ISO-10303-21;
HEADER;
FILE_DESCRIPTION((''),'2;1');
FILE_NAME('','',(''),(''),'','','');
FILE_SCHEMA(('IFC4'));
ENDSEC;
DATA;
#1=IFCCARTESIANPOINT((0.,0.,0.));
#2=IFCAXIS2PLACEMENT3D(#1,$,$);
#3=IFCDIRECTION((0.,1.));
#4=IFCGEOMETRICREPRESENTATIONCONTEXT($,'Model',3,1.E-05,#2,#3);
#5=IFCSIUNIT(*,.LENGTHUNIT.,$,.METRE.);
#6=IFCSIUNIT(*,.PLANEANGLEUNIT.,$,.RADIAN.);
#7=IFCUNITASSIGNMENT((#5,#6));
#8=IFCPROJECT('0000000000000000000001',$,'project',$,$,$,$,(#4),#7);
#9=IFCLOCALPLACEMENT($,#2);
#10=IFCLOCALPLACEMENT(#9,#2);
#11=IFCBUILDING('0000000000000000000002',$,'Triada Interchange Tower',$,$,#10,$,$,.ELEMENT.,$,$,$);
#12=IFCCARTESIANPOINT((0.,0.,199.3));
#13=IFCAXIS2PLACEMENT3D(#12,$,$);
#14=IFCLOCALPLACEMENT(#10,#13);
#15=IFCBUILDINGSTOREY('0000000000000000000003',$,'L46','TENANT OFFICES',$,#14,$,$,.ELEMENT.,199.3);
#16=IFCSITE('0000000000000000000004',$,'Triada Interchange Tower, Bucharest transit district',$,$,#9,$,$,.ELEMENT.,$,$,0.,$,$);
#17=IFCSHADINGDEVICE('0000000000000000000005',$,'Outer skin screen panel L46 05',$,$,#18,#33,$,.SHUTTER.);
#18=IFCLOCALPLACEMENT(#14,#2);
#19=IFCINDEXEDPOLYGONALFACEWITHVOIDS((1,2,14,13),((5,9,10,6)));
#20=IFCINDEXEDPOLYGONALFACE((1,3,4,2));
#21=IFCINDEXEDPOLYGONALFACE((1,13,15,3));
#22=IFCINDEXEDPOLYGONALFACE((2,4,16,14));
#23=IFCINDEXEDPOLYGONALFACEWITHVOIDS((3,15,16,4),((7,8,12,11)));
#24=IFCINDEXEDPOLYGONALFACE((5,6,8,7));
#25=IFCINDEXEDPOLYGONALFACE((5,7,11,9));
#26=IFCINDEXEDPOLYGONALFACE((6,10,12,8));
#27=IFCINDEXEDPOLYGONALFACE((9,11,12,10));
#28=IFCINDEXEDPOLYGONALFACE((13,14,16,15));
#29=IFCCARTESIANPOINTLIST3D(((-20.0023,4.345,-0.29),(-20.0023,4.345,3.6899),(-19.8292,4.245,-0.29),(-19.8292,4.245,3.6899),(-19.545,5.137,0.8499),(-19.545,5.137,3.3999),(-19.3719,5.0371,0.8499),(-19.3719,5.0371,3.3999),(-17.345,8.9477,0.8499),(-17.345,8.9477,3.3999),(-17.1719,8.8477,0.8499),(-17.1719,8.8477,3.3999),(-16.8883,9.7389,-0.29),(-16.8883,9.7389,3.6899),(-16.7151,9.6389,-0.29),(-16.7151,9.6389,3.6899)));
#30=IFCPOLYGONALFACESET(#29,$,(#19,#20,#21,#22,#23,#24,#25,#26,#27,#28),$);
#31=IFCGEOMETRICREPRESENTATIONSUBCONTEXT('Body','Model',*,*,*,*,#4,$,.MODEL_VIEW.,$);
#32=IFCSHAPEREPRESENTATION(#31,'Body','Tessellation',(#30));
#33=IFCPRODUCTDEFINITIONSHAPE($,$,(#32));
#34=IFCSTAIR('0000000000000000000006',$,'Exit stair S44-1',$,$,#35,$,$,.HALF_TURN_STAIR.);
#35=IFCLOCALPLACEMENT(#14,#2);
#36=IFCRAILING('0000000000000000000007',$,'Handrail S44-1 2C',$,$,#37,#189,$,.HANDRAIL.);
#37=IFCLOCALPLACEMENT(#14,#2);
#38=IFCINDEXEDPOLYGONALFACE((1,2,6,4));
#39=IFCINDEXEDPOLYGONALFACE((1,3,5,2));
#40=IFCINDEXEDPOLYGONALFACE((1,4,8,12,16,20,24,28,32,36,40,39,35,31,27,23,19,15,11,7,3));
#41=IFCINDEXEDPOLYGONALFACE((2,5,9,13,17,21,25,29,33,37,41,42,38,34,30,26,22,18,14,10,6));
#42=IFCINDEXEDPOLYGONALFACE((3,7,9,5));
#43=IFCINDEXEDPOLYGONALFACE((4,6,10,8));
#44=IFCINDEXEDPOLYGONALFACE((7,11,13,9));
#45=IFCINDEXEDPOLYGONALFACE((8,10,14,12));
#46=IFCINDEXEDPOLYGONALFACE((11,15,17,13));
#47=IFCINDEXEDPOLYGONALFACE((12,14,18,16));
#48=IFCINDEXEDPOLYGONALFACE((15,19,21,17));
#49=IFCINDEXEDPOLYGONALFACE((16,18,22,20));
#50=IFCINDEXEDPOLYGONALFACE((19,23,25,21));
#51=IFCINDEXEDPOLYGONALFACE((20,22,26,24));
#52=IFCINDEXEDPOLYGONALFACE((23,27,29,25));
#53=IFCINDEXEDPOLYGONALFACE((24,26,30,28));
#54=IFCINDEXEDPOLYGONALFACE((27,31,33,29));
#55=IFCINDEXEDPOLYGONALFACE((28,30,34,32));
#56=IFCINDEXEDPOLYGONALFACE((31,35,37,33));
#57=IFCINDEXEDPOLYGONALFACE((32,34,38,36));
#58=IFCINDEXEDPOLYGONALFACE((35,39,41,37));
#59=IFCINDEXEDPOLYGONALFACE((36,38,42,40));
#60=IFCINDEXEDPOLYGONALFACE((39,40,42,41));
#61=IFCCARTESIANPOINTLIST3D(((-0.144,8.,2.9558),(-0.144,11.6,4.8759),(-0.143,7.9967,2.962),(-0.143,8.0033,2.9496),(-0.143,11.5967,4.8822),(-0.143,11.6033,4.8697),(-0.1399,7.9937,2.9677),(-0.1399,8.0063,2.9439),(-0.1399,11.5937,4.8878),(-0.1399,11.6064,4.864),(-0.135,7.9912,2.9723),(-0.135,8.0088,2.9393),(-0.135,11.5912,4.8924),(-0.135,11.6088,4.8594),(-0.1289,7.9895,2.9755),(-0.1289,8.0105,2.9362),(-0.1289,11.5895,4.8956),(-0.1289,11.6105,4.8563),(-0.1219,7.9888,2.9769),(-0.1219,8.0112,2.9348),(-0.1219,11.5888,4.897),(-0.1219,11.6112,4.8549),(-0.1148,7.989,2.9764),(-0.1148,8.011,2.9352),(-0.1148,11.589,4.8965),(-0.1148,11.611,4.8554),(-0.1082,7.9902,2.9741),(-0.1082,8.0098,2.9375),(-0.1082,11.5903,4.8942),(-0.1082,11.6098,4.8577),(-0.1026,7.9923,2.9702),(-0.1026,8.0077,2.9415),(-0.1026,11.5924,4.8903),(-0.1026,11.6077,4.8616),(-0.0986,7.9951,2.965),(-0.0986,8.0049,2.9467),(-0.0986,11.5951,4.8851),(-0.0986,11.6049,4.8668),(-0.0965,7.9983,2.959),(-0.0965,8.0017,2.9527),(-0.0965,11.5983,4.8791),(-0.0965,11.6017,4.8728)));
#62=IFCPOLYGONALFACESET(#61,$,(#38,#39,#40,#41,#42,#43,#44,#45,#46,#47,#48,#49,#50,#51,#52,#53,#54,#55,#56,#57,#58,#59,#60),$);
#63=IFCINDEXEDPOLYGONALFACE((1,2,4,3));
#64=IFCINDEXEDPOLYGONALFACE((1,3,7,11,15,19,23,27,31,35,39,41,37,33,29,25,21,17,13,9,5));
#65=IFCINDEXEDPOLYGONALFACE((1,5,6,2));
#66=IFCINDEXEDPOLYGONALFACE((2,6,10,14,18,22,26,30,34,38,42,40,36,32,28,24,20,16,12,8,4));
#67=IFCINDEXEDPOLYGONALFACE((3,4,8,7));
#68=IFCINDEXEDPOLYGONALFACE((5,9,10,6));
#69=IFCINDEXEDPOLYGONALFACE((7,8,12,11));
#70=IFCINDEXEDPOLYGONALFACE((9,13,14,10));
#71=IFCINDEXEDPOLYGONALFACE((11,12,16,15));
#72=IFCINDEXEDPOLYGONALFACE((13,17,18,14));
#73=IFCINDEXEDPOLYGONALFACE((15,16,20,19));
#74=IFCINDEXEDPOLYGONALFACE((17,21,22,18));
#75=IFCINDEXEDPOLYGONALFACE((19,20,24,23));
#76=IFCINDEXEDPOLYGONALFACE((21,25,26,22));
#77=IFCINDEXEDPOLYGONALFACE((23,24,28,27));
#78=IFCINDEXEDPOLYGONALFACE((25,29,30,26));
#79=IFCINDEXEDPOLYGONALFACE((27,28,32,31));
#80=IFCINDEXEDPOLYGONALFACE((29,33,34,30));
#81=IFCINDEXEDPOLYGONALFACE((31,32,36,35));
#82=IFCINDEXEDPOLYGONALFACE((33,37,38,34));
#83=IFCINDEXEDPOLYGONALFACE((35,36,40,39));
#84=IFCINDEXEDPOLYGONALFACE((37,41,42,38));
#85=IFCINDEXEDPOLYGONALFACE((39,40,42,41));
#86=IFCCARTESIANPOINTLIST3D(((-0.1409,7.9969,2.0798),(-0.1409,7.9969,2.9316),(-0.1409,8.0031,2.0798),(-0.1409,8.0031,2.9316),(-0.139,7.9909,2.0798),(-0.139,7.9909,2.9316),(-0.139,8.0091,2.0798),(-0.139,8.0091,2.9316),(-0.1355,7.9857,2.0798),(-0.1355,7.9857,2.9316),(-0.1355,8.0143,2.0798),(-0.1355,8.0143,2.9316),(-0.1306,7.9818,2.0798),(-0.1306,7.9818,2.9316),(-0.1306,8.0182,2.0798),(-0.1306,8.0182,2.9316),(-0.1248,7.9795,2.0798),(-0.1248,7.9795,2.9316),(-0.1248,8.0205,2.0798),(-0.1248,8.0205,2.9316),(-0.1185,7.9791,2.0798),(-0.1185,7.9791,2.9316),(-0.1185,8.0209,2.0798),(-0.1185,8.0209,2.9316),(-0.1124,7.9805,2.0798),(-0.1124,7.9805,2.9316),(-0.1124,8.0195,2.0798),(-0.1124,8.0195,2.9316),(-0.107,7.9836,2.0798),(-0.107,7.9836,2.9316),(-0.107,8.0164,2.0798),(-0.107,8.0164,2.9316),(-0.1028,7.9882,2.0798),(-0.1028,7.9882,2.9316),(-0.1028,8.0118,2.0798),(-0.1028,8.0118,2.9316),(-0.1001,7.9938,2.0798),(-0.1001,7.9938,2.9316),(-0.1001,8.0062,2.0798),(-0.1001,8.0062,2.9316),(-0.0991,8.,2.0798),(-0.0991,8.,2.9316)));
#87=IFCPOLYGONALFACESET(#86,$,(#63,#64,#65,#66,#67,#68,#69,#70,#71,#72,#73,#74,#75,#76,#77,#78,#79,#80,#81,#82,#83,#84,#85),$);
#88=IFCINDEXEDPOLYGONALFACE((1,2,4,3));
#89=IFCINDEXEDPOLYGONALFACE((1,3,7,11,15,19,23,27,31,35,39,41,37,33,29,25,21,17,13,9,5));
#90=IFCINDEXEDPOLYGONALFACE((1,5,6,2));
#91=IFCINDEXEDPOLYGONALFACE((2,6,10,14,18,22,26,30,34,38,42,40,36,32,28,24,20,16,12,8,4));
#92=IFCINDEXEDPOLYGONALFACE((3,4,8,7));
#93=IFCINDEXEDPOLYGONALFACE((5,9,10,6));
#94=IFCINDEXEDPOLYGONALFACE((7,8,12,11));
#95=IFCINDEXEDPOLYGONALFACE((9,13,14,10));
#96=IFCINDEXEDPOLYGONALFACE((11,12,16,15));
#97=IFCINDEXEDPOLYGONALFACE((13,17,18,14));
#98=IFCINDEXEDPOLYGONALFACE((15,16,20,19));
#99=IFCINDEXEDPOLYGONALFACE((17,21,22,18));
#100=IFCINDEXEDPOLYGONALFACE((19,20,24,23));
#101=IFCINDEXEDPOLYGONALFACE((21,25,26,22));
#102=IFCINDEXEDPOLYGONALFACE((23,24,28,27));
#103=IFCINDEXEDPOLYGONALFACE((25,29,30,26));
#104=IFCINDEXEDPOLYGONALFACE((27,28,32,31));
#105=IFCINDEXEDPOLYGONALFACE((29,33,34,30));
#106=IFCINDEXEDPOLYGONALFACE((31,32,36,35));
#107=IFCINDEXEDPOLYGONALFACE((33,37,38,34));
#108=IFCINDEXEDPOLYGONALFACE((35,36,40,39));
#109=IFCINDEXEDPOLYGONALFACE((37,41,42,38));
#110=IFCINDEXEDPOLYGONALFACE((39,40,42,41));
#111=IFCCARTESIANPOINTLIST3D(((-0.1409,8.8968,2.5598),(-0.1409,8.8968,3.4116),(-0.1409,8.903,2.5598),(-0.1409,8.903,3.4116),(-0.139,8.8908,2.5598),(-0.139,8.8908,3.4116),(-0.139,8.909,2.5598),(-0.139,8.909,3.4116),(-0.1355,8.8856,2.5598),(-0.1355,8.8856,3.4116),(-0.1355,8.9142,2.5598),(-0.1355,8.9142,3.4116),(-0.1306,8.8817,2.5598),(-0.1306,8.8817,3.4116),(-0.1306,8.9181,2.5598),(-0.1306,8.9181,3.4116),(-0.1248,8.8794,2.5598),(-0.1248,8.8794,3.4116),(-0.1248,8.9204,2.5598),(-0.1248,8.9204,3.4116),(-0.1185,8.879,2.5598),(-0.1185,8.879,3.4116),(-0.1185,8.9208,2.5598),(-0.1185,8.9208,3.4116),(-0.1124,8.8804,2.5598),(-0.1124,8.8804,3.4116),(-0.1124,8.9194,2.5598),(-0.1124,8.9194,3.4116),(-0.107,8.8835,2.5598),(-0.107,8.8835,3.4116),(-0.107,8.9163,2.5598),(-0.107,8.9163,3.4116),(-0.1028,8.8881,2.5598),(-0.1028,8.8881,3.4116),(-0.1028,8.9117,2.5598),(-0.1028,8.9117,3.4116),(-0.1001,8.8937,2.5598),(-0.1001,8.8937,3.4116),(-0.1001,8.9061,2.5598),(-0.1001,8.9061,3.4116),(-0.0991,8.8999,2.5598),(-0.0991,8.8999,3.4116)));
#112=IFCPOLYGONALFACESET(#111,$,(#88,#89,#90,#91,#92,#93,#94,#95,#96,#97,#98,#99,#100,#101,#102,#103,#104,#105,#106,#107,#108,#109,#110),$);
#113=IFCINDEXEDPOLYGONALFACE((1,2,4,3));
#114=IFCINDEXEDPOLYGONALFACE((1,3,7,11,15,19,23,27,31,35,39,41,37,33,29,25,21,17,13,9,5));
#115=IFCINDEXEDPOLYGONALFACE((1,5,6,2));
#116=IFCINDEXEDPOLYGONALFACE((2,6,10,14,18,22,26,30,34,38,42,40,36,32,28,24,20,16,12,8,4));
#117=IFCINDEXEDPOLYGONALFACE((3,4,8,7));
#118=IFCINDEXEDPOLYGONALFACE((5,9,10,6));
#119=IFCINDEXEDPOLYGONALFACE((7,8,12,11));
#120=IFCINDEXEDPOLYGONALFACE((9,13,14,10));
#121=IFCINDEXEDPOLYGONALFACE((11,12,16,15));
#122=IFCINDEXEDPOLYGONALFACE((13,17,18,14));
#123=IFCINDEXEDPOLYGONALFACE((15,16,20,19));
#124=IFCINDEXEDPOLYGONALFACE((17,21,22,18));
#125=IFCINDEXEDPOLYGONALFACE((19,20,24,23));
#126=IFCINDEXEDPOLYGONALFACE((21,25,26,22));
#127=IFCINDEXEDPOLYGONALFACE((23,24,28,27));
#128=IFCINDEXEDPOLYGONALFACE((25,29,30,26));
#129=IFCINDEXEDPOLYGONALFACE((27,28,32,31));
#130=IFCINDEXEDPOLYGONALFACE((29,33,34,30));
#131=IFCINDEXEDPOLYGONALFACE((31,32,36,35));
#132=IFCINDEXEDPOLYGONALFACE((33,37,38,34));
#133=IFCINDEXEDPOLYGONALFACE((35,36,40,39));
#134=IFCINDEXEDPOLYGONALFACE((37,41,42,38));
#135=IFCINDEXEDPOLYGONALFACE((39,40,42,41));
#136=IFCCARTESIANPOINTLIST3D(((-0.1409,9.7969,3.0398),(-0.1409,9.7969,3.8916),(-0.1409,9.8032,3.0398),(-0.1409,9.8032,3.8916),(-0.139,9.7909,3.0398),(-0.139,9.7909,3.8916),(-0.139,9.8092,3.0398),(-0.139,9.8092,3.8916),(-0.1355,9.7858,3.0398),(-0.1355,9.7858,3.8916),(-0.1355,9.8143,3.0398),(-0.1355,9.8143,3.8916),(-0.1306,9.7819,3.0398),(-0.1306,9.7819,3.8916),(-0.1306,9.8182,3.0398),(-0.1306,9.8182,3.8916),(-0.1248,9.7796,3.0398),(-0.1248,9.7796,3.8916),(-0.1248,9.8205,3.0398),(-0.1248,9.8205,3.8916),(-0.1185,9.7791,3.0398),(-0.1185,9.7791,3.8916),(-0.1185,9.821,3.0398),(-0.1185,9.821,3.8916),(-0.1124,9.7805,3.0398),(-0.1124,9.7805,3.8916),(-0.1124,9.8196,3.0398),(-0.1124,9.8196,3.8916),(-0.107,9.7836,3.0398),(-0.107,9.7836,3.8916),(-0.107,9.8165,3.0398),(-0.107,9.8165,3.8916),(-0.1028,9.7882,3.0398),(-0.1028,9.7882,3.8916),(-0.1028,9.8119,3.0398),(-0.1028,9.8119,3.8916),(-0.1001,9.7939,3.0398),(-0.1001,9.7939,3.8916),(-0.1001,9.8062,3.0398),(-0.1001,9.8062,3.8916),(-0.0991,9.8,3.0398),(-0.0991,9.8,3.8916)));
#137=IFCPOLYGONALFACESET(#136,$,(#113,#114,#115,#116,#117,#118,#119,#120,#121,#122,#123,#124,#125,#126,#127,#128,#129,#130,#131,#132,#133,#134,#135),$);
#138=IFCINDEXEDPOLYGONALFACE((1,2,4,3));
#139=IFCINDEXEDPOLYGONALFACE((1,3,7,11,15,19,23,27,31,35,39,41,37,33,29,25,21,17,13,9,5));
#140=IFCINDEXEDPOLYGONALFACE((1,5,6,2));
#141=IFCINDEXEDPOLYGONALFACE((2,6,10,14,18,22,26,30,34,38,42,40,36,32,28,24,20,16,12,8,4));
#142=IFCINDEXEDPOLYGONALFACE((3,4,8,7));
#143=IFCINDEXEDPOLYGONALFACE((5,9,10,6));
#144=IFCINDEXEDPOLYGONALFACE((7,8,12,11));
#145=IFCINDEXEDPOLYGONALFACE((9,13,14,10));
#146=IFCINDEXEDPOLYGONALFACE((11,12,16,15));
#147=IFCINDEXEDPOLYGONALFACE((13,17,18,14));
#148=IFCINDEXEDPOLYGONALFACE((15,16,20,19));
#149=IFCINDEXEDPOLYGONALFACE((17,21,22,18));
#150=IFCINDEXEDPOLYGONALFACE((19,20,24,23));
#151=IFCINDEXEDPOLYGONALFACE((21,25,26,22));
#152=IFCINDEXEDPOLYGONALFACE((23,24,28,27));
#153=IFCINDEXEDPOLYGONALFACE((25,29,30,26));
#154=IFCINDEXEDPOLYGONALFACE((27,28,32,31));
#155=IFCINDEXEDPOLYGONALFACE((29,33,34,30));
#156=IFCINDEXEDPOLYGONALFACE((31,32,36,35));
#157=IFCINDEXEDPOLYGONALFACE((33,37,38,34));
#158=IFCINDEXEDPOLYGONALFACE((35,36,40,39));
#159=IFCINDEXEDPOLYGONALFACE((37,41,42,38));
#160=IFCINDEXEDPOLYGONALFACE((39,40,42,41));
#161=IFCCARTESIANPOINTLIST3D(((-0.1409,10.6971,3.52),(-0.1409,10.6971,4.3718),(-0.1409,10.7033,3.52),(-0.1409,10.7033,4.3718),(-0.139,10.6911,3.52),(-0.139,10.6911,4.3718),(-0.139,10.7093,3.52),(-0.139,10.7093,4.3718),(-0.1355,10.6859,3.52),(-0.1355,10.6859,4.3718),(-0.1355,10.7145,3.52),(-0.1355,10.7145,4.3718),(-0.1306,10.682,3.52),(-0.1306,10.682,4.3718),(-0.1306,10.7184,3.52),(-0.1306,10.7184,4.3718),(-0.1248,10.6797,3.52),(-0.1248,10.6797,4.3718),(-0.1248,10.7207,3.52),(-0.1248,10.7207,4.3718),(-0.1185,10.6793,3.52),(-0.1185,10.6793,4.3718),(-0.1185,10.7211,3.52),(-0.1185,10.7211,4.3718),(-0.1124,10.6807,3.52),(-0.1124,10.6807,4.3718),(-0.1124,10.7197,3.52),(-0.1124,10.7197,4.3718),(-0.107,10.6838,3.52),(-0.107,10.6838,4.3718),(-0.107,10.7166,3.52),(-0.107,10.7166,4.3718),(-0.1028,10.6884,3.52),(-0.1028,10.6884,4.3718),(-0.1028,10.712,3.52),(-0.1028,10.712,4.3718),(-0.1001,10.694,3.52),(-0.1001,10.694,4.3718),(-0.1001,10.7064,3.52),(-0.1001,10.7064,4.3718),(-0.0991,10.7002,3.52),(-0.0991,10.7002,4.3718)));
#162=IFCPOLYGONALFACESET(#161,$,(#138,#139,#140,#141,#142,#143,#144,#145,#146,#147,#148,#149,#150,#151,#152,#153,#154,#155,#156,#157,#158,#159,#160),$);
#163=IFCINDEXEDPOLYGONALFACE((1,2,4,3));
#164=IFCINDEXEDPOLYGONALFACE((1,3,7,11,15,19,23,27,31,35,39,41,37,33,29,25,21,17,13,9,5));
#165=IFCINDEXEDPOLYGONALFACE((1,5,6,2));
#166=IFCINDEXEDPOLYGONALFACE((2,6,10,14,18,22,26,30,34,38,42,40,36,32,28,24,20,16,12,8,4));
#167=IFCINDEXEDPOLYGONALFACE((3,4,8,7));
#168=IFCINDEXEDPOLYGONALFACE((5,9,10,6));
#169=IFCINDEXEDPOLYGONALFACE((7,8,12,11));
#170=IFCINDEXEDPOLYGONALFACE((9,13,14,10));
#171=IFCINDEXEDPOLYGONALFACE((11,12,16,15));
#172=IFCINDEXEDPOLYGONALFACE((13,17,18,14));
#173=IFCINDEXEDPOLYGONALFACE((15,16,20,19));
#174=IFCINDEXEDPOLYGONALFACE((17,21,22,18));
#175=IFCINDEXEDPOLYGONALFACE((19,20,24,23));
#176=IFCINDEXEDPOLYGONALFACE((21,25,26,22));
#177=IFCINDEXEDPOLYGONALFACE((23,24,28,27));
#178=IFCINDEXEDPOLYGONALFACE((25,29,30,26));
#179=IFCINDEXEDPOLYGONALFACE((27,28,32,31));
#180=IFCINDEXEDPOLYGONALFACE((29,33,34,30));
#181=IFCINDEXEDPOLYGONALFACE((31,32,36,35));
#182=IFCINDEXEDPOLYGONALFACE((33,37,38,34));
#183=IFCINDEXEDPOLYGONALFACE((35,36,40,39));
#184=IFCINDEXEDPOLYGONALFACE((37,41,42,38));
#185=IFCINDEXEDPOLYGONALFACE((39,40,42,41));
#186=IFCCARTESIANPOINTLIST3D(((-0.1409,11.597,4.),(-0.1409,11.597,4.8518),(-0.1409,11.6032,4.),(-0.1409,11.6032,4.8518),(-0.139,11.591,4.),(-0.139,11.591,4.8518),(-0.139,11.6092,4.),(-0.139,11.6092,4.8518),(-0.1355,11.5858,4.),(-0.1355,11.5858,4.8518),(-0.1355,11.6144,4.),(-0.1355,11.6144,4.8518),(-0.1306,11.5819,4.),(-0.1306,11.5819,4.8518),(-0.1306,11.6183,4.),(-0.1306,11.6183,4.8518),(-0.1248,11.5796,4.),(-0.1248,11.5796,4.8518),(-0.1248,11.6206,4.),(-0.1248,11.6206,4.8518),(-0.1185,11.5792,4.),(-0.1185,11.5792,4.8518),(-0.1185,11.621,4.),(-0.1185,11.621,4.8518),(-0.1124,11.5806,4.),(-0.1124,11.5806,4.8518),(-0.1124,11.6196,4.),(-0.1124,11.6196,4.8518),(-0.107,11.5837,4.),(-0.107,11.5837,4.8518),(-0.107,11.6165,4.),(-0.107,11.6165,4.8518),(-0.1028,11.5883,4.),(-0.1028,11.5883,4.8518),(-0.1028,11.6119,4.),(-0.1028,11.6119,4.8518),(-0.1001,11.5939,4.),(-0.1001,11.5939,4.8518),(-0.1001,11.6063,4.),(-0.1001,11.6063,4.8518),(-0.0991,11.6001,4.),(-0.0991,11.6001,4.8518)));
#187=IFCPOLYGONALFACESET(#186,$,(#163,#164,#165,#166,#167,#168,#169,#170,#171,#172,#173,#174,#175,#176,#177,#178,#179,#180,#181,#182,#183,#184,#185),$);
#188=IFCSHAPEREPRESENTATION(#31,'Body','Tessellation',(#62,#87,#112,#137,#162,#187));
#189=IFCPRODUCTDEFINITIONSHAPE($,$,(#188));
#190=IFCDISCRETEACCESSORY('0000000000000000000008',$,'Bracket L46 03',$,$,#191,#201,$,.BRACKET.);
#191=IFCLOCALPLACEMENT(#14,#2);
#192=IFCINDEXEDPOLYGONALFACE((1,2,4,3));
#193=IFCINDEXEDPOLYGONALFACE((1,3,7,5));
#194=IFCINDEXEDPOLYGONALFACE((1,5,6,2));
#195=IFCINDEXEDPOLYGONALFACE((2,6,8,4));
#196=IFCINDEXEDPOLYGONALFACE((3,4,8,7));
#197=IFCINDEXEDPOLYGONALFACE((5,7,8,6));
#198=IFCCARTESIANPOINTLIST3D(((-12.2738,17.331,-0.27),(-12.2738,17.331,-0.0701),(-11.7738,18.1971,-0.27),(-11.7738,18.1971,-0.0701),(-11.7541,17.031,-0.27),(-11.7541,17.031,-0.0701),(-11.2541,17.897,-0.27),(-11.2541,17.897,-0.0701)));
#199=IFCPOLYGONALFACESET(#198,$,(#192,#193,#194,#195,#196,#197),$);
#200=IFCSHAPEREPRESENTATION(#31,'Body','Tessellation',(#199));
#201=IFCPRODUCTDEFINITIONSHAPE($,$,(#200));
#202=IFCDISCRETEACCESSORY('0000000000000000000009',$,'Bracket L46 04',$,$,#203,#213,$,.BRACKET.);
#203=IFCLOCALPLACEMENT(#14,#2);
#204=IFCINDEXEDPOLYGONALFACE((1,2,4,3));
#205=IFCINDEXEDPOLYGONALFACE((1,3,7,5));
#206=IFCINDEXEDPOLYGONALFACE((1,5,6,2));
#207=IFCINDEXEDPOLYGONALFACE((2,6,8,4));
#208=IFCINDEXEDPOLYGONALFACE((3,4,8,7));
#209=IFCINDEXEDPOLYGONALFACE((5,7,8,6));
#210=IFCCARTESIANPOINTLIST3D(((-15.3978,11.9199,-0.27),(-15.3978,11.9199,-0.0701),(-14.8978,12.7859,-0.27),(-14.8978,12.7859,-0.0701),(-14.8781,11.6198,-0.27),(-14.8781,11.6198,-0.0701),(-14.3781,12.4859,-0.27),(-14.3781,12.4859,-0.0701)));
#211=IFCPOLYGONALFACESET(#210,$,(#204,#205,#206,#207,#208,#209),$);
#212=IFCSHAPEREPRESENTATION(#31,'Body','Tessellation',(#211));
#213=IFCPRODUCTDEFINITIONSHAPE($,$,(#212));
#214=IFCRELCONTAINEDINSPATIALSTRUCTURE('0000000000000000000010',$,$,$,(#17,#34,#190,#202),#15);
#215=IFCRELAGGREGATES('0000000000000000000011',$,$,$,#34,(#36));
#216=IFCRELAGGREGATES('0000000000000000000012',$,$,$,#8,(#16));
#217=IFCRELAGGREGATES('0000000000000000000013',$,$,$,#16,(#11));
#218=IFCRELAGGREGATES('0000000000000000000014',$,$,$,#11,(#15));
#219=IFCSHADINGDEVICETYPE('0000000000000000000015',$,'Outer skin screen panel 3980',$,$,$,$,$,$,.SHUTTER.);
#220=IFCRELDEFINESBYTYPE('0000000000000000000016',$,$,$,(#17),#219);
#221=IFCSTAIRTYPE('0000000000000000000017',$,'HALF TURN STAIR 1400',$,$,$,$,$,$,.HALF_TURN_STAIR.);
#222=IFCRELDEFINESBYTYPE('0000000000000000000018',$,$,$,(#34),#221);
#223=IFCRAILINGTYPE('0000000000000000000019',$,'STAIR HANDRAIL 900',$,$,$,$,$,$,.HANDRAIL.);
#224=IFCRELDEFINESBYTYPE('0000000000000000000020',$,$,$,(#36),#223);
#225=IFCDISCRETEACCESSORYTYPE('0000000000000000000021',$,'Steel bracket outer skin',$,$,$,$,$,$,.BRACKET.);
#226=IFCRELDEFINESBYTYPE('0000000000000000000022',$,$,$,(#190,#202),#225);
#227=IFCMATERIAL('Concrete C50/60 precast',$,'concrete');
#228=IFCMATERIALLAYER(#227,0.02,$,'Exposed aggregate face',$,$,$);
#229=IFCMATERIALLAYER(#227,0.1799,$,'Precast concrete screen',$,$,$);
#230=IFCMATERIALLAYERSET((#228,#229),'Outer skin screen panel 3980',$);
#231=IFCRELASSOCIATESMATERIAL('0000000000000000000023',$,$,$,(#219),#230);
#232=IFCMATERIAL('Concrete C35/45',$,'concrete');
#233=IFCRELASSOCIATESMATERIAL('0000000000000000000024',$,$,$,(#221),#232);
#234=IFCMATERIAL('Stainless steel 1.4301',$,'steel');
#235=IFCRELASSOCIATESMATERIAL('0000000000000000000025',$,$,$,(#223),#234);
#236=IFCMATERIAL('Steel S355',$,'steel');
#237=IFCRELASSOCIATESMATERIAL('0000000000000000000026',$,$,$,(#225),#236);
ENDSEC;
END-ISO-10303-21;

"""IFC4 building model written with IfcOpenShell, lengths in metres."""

from ifc_helpers import new_model, si_unit, direction, frame, origin, origin_2d, place, context, subcontext, project, spatial, polyline, rectangle, circle, outline, extrude, material, layer, layer_set, type_object, element, aggregate, save


model = new_model("IFC4")

# Units and contexts
model_context = context("Model", 3, precision=1e-05, world=origin(), true_north=direction((0.0, 1.0)))
body_context = subcontext(model_context, "Body", "Model", "MODEL_VIEW")
ifc_project = project(units=[si_unit("LENGTHUNIT", "METRE"), si_unit("PLANEANGLEUNIT", "RADIAN")], contexts=[model_context])

# Site, building, storey
site_placement = place(None, origin())
site = spatial("IfcSite", under=ifc_project, at=site_placement, Name="Triada Interchange Tower, Bucharest transit district", CompositionType="ELEMENT", RefElevation=0.0)
building_placement = place(site_placement, origin())
building = spatial("IfcBuilding", under=site, at=building_placement, Name="Triada Interchange Tower", CompositionType="ELEMENT")
storey_placement = place(building_placement, frame((0.0, 0.0, 199.3)))
storey = spatial("IfcBuildingStorey", under=building, at=storey_placement, Name="L46", Description="TENANT OFFICES", CompositionType="ELEMENT", Elevation=199.3)

# Shading device
ifc_material_1 = material(Name="Concrete C50/60 precast", Category="concrete")
ifc_layer_1 = layer(ifc_material_1, 0.02, Name="Exposed aggregate face")
ifc_layer_2 = layer(ifc_material_1, 0.1799, Name="Precast concrete screen")
ifc_layer_set_1 = layer_set([ifc_layer_1, ifc_layer_2], Name="Outer skin screen panel 3980")
shading_device_type = type_object("IfcShadingDeviceType", Name="Outer skin screen panel 3980", PredefinedType="SHUTTER", material=ifc_layer_set_1)
shading_device_1_placement = place(storey_placement, frame((-16.7151, 9.6389, -0.29), z_axis=(0.0, 0.0, 1.0), x_axis=(-0.499988, -0.866032, 0.0)))
element("IfcShadingDevice", 1, at=shading_device_1_placement, inside=storey, type_object=shading_device_type, Name="Outer skin screen panel L46 05", PredefinedType="SHUTTER", context=body_context, shape_type="SweptSolid", body=[
    extrude(outline(polyline([(0.0, 0.0), (6.2283, 0.0), (6.2283, 3.98), (0.0, 3.98), (0.0, 0.0)]), holes=[polyline([(0.9136, 1.1399), (0.9136, 3.6899), (5.3137, 3.6899), (5.3137, 1.1399), (0.9136, 1.1399)])]), frame((0.0, 0.0, 0.0), z_axis=(0.0, -1.0, 0.0), x_axis=(1.0, 0.0, 0.0)), (0.0, 0.0, 1.0), 0.2),
])

# Stair, railing
ifc_material_2 = material(Name="Concrete C35/45", Category="concrete")
stair_type = type_object("IfcStairType", Name="HALF TURN STAIR 1400", PredefinedType="HALF_TURN_STAIR", material=ifc_material_2)
stair_placement = place(storey_placement, origin())
stair = element("IfcStair", 2, at=stair_placement, inside=storey, type_object=stair_type, Name="Exit stair S44-1", PredefinedType="HALF_TURN_STAIR")
ifc_material_3 = material(Name="Stainless steel 1.4301", Category="steel")
railing_type = type_object("IfcRailingType", Name="STAIR HANDRAIL 900", PredefinedType="HANDRAIL", material=ifc_material_3)
railing_placement = place(storey_placement, frame((-0.1201, 8.0, 2.0798)))
railing = element("IfcRailing", 3, at=railing_placement, type_object=railing_type, Name="Handrail S44-1 2C", PredefinedType="HANDRAIL", context=body_context, shape_type="SweptSolid", body=[
    extrude(circle(Radius=0.0239, at=origin_2d()), frame((0.0, 0.0, 0.876), z_axis=(0.0, 0.882341, 0.47061), x_axis=(-1.0, 0.0, 0.0)), (0.0, 0.0, 1.0), 4.0801),
    extrude(circle(Radius=0.021, at=origin_2d()), origin(), (0.0, 0.0, 1.0), 0.8518),
    extrude(circle(Radius=0.021, at=origin_2d()), frame((0.0, 0.8999, 0.48)), (0.0, 0.0, 1.0), 0.8518),
    extrude(circle(Radius=0.021, at=origin_2d()), frame((0.0, 1.8, 0.96)), (0.0, 0.0, 1.0), 0.8518),
    extrude(circle(Radius=0.021, at=origin_2d()), frame((0.0, 2.7002, 1.4402)), (0.0, 0.0, 1.0), 0.8518),
    extrude(circle(Radius=0.021, at=origin_2d()), frame((0.0, 3.6001, 1.9202)), (0.0, 0.0, 1.0), 0.8518),
])
aggregate(stair, [railing])

# Discrete accessories
ifc_material_4 = material(Name="Steel S355", Category="steel")
discrete_accessory_type = type_object("IfcDiscreteAccessoryType", Name="Steel bracket outer skin", PredefinedType="BRACKET", material=ifc_material_4)
for number, where, z_axis, x_axis, name in (
    (4, (-11.7639, 17.614, -0.27), (0.0, 0.0, 1.0), (-0.866023, 0.500003, 0.0), "Bracket L46 03"),
    (5, (-14.8879, 12.2029, -0.27), (0.0, 0.0, 1.0), (-0.866023, 0.500003, 0.0), "Bracket L46 04"),
):
    element("IfcDiscreteAccessory", number, at=place(storey_placement, frame(where, z_axis=z_axis, x_axis=x_axis)), inside=storey, type_object=discrete_accessory_type, Name=name, PredefinedType="BRACKET", context=body_context, shape_type="SweptSolid", body=[
        extrude(rectangle(XDim=0.6001, YDim=1.0, at=origin_2d()), origin(), (0.0, 0.0, 1.0), 0.2),
    ])

save(model, "model.ifc")
